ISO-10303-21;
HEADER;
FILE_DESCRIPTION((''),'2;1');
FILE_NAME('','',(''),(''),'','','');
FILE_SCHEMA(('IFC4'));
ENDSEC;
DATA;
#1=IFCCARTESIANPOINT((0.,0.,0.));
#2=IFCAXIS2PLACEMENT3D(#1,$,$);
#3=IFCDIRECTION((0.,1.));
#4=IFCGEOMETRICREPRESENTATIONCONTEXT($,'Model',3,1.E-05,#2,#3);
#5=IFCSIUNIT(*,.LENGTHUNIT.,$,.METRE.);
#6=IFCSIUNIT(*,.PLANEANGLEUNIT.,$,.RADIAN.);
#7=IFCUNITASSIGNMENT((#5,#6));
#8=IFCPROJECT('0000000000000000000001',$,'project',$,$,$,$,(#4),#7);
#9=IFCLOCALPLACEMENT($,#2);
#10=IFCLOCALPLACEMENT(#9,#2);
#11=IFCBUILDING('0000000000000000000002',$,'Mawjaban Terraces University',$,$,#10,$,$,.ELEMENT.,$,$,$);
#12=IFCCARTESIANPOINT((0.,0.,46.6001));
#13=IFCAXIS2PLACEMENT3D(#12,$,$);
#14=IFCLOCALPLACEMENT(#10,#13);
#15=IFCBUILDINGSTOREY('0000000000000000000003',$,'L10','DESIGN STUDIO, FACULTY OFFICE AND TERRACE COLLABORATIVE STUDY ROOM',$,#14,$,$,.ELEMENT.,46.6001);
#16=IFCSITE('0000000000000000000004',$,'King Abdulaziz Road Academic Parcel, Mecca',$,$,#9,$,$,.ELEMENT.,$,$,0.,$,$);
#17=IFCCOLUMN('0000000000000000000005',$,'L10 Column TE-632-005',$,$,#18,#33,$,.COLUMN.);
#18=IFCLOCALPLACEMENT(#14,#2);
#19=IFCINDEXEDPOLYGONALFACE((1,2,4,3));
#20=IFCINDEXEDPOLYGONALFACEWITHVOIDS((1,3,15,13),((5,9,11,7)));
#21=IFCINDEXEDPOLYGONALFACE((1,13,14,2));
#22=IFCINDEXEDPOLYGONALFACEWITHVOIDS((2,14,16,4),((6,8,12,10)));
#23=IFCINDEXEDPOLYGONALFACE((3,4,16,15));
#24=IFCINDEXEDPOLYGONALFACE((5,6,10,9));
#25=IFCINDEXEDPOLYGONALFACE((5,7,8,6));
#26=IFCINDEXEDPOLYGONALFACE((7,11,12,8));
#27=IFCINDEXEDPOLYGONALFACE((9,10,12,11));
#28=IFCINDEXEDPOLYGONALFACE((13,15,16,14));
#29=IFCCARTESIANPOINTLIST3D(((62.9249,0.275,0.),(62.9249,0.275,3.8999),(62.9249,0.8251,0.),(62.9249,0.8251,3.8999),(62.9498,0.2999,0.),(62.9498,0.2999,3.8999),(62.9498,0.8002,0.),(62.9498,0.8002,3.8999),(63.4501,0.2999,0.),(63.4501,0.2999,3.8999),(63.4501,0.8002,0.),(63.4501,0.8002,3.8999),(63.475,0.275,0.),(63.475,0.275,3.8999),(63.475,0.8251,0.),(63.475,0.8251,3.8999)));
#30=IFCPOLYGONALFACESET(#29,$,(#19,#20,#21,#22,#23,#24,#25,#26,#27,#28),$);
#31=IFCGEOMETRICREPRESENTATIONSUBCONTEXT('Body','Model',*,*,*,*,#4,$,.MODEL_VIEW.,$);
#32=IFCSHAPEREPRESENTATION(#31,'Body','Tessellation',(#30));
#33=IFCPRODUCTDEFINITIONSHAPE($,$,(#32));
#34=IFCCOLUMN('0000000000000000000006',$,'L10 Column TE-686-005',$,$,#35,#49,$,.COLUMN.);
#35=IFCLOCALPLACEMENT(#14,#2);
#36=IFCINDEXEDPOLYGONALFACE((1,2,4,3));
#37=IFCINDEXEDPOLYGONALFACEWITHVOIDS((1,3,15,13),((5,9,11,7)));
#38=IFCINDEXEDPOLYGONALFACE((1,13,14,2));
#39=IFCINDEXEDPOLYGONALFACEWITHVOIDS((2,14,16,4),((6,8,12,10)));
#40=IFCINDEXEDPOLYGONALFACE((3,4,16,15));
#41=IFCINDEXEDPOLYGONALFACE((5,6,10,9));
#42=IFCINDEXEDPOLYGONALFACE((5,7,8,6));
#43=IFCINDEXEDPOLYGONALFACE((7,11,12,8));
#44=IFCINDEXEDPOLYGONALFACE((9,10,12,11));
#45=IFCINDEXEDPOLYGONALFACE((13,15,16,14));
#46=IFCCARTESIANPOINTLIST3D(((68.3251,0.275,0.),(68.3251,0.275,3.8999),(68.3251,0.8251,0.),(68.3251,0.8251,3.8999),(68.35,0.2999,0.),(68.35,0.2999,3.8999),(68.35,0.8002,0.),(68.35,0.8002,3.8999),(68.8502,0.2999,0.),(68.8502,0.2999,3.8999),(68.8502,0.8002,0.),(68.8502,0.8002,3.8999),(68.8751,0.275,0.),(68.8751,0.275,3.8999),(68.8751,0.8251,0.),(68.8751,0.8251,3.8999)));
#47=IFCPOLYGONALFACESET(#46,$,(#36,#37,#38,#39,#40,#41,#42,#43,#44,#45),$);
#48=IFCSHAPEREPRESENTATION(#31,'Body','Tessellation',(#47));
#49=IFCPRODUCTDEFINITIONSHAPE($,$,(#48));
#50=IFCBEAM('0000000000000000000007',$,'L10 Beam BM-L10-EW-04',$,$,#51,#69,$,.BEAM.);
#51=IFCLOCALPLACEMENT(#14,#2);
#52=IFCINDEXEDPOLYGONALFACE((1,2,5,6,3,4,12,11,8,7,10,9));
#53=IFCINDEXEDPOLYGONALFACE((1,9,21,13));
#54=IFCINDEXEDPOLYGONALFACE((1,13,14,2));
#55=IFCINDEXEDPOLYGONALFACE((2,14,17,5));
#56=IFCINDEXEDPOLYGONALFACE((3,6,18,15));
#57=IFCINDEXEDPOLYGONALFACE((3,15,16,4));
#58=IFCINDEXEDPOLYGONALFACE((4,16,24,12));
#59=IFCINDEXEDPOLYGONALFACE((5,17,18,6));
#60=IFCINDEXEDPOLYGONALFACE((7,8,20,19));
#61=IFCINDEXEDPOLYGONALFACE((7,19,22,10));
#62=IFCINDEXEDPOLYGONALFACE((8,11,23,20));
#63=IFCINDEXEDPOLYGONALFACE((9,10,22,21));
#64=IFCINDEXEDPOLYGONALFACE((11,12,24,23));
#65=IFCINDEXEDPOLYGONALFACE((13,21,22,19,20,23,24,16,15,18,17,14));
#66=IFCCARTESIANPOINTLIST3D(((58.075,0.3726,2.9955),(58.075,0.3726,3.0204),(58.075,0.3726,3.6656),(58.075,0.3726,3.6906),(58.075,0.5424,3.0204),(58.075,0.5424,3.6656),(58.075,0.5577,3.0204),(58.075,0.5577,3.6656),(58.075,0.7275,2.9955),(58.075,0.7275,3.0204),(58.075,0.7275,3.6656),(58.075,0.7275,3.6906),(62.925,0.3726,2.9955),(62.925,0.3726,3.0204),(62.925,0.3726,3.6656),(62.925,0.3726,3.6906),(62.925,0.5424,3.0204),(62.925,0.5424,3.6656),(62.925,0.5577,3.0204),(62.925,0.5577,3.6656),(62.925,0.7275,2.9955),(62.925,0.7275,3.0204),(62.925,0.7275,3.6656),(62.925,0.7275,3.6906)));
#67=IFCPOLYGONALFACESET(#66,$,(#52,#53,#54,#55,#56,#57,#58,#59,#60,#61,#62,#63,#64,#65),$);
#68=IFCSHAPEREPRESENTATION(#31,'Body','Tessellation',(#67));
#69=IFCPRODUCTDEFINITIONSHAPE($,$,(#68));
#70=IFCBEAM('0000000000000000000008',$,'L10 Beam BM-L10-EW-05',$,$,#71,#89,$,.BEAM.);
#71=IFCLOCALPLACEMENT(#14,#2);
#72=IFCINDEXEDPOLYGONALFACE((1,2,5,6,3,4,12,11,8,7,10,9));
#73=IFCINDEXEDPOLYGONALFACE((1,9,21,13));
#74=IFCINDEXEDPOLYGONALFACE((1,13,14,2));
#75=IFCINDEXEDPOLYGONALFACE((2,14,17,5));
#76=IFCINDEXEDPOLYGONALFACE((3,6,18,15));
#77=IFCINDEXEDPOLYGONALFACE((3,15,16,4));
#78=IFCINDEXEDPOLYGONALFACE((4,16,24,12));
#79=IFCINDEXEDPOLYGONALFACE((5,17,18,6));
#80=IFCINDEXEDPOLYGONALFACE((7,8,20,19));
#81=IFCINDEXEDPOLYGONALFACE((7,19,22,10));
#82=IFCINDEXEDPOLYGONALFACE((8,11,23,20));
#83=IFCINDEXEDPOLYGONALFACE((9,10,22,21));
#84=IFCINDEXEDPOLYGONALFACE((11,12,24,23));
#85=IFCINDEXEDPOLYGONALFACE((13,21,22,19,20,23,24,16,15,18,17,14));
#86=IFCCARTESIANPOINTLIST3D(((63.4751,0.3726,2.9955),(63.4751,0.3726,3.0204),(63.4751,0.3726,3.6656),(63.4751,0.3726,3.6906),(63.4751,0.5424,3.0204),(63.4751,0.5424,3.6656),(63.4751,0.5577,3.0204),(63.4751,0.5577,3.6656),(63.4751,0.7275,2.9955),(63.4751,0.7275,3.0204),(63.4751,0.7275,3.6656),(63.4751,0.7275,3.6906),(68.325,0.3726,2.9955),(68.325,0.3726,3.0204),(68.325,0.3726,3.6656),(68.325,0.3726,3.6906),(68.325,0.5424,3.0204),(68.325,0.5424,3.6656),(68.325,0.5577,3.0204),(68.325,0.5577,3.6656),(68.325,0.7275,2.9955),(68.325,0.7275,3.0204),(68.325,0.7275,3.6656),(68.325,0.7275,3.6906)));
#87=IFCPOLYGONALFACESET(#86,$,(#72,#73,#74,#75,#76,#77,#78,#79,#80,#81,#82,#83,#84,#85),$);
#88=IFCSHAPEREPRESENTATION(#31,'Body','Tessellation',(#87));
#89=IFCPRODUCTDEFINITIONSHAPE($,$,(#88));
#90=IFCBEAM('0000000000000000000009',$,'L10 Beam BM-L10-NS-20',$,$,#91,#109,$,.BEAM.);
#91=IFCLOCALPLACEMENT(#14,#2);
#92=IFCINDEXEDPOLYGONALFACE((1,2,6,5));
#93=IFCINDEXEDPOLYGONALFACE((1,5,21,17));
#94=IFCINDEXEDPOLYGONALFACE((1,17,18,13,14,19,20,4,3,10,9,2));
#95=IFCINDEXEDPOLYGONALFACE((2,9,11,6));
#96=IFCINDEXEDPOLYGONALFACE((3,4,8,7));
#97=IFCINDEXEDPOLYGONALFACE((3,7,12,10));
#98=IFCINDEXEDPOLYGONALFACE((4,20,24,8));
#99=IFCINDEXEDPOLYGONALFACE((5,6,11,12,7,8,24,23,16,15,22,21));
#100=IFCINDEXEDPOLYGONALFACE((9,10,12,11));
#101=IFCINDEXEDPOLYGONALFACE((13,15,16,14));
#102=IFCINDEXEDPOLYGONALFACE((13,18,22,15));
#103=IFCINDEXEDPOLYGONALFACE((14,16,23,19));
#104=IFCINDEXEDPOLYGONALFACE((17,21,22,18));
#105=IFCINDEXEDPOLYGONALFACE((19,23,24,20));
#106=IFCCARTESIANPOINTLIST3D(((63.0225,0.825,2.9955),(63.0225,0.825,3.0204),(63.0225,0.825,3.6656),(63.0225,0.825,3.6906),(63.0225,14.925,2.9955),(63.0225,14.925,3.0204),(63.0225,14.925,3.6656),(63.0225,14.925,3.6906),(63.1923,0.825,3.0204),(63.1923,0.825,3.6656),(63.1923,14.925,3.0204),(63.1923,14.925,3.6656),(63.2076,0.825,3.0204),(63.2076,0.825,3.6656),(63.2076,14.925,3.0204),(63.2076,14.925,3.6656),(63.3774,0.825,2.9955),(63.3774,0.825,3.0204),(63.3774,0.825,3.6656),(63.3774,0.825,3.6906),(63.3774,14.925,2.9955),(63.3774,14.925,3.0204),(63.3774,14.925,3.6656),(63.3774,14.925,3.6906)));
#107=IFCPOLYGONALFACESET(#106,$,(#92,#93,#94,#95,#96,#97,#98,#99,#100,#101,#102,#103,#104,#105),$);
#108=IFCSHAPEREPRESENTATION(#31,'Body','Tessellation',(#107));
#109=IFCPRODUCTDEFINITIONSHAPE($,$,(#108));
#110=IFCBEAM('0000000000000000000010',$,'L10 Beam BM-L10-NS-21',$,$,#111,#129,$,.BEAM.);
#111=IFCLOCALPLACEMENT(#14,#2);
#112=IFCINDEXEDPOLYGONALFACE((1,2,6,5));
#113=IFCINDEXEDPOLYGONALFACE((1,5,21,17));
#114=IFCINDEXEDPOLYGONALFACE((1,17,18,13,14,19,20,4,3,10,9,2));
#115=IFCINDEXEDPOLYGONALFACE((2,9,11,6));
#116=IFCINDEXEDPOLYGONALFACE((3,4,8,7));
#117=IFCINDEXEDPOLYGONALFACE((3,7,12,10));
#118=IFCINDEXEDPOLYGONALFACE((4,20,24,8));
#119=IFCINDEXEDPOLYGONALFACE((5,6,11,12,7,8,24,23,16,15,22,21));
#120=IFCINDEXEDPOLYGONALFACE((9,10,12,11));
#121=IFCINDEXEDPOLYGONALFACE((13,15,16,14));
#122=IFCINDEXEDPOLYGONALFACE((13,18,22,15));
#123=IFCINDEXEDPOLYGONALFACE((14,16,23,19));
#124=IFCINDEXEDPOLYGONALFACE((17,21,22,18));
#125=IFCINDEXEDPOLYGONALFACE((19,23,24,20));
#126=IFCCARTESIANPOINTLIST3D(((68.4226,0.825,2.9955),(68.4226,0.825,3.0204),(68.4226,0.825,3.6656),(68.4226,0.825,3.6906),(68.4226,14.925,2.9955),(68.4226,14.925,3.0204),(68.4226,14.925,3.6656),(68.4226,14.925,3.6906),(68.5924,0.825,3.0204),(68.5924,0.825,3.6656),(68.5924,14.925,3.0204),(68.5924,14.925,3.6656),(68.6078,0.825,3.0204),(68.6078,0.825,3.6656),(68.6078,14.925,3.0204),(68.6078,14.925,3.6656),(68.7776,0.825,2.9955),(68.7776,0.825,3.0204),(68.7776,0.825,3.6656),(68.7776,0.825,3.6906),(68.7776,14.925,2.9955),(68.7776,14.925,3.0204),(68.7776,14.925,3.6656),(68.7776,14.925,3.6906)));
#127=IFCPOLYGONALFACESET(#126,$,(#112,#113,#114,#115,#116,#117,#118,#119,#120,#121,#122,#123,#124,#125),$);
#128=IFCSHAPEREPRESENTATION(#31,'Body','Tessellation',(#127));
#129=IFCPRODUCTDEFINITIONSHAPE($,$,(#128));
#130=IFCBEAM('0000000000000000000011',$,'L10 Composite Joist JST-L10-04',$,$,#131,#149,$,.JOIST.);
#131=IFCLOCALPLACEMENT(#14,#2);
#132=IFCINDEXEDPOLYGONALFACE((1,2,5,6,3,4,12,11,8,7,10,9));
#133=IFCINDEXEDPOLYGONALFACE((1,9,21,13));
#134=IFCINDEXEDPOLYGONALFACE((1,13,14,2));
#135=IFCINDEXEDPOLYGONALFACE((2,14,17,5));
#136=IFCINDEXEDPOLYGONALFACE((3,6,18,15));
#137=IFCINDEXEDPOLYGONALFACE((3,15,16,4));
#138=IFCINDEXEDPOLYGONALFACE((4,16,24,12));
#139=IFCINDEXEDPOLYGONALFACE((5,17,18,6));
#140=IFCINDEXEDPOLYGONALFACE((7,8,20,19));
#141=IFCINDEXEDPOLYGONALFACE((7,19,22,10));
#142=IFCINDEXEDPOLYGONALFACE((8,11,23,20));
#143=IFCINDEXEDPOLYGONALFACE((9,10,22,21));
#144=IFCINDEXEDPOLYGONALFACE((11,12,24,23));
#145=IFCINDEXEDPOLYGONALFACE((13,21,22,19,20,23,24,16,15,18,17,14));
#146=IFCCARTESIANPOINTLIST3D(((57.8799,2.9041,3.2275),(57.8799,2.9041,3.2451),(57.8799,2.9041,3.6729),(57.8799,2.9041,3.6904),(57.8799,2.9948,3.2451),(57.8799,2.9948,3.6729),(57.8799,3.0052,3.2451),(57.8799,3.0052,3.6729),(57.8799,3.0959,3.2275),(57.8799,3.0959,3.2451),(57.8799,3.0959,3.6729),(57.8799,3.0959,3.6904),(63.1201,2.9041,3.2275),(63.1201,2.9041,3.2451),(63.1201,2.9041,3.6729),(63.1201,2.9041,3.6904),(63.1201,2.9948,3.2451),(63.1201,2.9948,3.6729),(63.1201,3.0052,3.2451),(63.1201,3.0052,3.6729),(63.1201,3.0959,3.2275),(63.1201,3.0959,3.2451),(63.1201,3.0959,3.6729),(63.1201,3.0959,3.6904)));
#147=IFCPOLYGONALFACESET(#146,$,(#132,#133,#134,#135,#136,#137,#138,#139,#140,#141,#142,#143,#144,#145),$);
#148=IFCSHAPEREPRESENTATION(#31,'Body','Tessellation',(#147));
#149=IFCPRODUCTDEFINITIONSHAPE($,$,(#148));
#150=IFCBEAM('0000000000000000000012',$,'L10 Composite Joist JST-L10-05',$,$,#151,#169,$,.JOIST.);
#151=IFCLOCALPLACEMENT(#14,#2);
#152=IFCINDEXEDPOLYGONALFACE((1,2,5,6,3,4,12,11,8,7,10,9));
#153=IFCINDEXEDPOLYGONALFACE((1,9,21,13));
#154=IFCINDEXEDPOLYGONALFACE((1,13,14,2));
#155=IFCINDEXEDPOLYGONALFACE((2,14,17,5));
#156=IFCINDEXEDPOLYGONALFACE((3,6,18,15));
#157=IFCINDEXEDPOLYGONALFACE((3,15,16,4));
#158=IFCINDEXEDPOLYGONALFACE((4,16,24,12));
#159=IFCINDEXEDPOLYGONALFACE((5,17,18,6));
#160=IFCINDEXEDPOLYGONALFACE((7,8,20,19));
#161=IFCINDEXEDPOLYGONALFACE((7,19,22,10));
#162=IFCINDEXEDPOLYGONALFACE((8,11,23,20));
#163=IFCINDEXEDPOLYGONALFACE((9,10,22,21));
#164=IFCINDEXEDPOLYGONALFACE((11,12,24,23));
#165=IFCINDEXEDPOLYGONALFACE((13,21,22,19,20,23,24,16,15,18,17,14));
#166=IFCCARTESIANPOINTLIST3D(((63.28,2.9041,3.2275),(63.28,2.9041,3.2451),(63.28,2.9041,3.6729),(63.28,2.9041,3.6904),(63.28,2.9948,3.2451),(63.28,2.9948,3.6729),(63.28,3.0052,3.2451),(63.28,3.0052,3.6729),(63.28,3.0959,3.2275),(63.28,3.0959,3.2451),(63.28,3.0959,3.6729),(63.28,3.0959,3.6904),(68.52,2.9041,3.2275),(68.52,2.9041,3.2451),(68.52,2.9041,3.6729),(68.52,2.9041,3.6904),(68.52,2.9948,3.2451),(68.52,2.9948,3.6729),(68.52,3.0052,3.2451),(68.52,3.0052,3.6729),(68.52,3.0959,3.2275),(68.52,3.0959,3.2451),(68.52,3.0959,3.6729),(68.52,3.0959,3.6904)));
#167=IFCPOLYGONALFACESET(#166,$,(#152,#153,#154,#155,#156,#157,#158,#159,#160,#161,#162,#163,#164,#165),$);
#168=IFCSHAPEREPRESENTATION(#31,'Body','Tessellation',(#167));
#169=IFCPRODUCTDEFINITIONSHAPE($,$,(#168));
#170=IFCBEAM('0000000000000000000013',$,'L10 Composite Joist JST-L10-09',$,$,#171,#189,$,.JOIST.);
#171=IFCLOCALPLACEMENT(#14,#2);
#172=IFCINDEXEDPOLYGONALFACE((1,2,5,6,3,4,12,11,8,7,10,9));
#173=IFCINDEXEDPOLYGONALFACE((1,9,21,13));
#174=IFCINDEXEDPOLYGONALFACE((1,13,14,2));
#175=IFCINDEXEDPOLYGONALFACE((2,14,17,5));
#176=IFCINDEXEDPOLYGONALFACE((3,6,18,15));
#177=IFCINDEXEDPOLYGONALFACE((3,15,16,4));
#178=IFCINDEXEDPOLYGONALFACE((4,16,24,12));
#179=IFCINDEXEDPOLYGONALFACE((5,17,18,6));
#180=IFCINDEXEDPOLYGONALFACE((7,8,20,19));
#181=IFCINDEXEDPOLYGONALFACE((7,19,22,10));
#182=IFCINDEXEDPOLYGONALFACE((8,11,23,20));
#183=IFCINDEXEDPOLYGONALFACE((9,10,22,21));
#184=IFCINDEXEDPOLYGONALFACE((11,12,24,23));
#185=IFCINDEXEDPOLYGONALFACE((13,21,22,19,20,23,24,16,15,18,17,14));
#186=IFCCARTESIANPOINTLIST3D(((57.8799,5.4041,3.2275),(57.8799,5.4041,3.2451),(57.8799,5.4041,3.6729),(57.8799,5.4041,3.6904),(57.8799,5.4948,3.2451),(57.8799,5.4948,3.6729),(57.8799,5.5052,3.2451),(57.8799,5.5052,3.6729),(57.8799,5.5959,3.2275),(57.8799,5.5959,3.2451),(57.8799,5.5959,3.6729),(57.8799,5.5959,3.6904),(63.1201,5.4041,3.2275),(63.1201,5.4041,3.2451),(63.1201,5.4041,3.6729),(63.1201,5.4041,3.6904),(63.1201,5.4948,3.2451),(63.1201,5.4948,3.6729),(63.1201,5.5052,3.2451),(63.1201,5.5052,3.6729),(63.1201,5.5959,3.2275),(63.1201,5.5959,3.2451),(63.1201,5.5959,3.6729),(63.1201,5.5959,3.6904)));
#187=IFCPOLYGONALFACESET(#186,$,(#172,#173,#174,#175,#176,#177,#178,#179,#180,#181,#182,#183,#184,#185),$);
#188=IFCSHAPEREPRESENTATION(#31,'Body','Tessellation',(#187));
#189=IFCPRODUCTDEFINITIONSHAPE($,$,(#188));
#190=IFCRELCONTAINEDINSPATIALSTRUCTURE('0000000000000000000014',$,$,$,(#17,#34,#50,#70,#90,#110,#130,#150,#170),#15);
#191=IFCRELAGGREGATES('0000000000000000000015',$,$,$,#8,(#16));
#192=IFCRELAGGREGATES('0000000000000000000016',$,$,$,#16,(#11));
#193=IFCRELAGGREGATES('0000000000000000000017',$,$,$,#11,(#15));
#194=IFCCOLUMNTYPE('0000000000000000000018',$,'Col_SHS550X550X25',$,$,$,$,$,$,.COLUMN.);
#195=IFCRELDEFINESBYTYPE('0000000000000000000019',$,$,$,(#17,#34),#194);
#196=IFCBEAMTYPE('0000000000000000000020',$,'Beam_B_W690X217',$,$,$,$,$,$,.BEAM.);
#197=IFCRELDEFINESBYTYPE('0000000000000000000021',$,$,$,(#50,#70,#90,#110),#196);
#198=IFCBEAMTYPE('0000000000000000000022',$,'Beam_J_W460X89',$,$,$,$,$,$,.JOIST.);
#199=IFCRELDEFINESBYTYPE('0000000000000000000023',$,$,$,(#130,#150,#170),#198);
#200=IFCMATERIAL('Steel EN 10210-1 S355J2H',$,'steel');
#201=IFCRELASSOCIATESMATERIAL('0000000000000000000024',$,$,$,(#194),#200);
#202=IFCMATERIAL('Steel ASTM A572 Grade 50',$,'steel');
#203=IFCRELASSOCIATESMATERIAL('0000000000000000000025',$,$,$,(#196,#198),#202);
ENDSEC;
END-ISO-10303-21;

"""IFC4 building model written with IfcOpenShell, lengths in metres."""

from ifc_helpers import new_model, si_unit, direction, frame, origin, origin_2d, place, context, subcontext, project, spatial, hollow_rectangle, i_section, extrude, material, material_profile, profile_set, type_object, element, save


model = new_model("IFC4")

# Units and contexts
model_context = context("Model", 3, precision=1e-05, world=origin(), true_north=direction((0.0, 1.0)))
body_context = subcontext(model_context, "Body", "Model", "MODEL_VIEW")
ifc_project = project(units=[si_unit("LENGTHUNIT", "METRE"), si_unit("PLANEANGLEUNIT", "RADIAN")], contexts=[model_context])

# Site, building, storey
site_placement = place(None, origin())
site = spatial("IfcSite", under=ifc_project, at=site_placement, Name="King Abdulaziz Road Academic Parcel, Mecca", CompositionType="ELEMENT", RefElevation=0.0)
building_placement = place(site_placement, origin())
building = spatial("IfcBuilding", under=site, at=building_placement, Name="Mawjaban Terraces University", CompositionType="ELEMENT")
storey_placement = place(building_placement, frame((0.0, 0.0, 46.6001)))
storey = spatial("IfcBuildingStorey", under=building, at=storey_placement, Name="L10", Description="DESIGN STUDIO, FACULTY OFFICE AND TERRACE COLLABORATIVE STUDY ROOM", CompositionType="ELEMENT", Elevation=46.6001)

# Columns
ifc_material_1 = material(Name="Steel EN 10210-1 S355J2H", Category="steel")
ifc_material_profile_1 = material_profile(ifc_material_1, hollow_rectangle(XDim=0.55, YDim=0.55, WallThickness=0.0249, at=origin_2d()), Name="SHS550X550X25")
ifc_profile_set_1 = profile_set([ifc_material_profile_1], Name="Steel EN 10210-1 S355J2H")
column_type = type_object("IfcColumnType", Name="Col_SHS550X550X25", PredefinedType="COLUMN", material=ifc_profile_set_1)
for number, where, z_axis, x_axis, name in (
    (1, (63.2, 0.55, 0.0), (0.0, 0.0, 1.0), (1.0, 0.0, 0.0), "L10 Column TE-632-005"),
    (2, (68.6001, 0.55, 0.0), (0.0, 0.0, 1.0), (1.0, 0.0, 0.0), "L10 Column TE-686-005"),
):
    element("IfcColumn", number, at=place(storey_placement, frame(where, z_axis=z_axis, x_axis=x_axis)), inside=storey, type_object=column_type, Name=name, PredefinedType="COLUMN", context=body_context, shape_type="SweptSolid", body=[
        extrude(hollow_rectangle(XDim=0.55, YDim=0.55, WallThickness=0.0249, at=origin_2d()), origin(), (0.0, 0.0, 1.0), 3.8999),
    ])

# Beams
ifc_material_2 = material(Name="Steel ASTM A572 Grade 50", Category="steel")
ifc_material_profile_2 = material_profile(ifc_material_2, i_section(OverallWidth=0.355, OverallDepth=0.6951, WebThickness=0.0154, FlangeThickness=0.0249, at=origin_2d()), Name="W690X217")
ifc_profile_set_2 = profile_set([ifc_material_profile_2], Name="Steel ASTM A572 Grade 50")
beam_type_1 = type_object("IfcBeamType", Name="Beam_B_W690X217", PredefinedType="BEAM", material=ifc_profile_set_2)
beam_1_placement = place(storey_placement, frame((58.075, 0.55, 3.343), z_axis=(1.0, 0.0, 0.0), x_axis=(0.0, 1.0, 0.0)))
element("IfcBeam", 3, at=beam_1_placement, inside=storey, type_object=beam_type_1, Name="L10 Beam BM-L10-EW-04", PredefinedType="BEAM", context=body_context, shape_type="SweptSolid", body=[
    extrude(i_section(OverallWidth=0.355, OverallDepth=0.6951, WebThickness=0.0154, FlangeThickness=0.0249, at=origin_2d()), origin(), (0.0, 0.0, 1.0), 4.8501),
])
beam_2_placement = place(storey_placement, frame((63.4751, 0.55, 3.343), z_axis=(1.0, 0.0, 0.0), x_axis=(0.0, 1.0, 0.0)))
element("IfcBeam", 4, at=beam_2_placement, inside=storey, type_object=beam_type_1, Name="L10 Beam BM-L10-EW-05", PredefinedType="BEAM", context=body_context, shape_type="SweptSolid", body=[
    extrude(i_section(OverallWidth=0.355, OverallDepth=0.6951, WebThickness=0.0154, FlangeThickness=0.0249, at=origin_2d()), origin(), (0.0, 0.0, 1.0), 4.8499),
])
for number, where, z_axis, x_axis, name in (
    (5, (63.2, 0.825, 3.343), (0.0, 1.0, 0.0), (-1.0, 0.0, 0.0), "L10 Beam BM-L10-NS-20"),
    (6, (68.6001, 0.825, 3.343), (0.0, 1.0, 0.0), (-1.0, 0.0, 0.0), "L10 Beam BM-L10-NS-21"),
):
    element("IfcBeam", number, at=place(storey_placement, frame(where, z_axis=z_axis, x_axis=x_axis)), inside=storey, type_object=beam_type_1, Name=name, PredefinedType="BEAM", context=body_context, shape_type="SweptSolid", body=[
        extrude(i_section(OverallWidth=0.355, OverallDepth=0.6951, WebThickness=0.0154, FlangeThickness=0.0249, at=origin_2d()), origin(), (0.0, 0.0, 1.0), 14.1001),
    ])
ifc_material_profile_3 = material_profile(ifc_material_2, i_section(OverallWidth=0.1919, OverallDepth=0.4629, WebThickness=0.0105, FlangeThickness=0.0176, at=origin_2d()), Name="W460X89")
ifc_profile_set_3 = profile_set([ifc_material_profile_3], Name="Steel ASTM A572 Grade 50")
beam_type_2 = type_object("IfcBeamType", Name="Beam_J_W460X89", PredefinedType="JOIST", material=ifc_profile_set_3)
beam_3_placement = place(storey_placement, frame((57.8799, 3.0, 3.459), z_axis=(1.0, 0.0, 0.0), x_axis=(0.0, 1.0, 0.0)))
element("IfcBeam", 7, at=beam_3_placement, inside=storey, type_object=beam_type_2, Name="L10 Composite Joist JST-L10-04", PredefinedType="JOIST", context=body_context, shape_type="SweptSolid", body=[
    extrude(i_section(OverallWidth=0.1919, OverallDepth=0.4629, WebThickness=0.0105, FlangeThickness=0.0176, at=origin_2d()), origin(), (0.0, 0.0, 1.0), 5.2402),
])
beam_4_placement = place(storey_placement, frame((63.28, 3.0, 3.459), z_axis=(1.0, 0.0, 0.0), x_axis=(0.0, 1.0, 0.0)))
element("IfcBeam", 8, at=beam_4_placement, inside=storey, type_object=beam_type_2, Name="L10 Composite Joist JST-L10-05", PredefinedType="JOIST", context=body_context, shape_type="SweptSolid", body=[
    extrude(i_section(OverallWidth=0.1919, OverallDepth=0.4629, WebThickness=0.0105, FlangeThickness=0.0176, at=origin_2d()), origin(), (0.0, 0.0, 1.0), 5.24),
])
beam_5_placement = place(storey_placement, frame((57.8799, 5.5, 3.459), z_axis=(1.0, 0.0, 0.0), x_axis=(0.0, 1.0, 0.0)))
element("IfcBeam", 9, at=beam_5_placement, inside=storey, type_object=beam_type_2, Name="L10 Composite Joist JST-L10-09", PredefinedType="JOIST", context=body_context, shape_type="SweptSolid", body=[
    extrude(i_section(OverallWidth=0.1919, OverallDepth=0.4629, WebThickness=0.0105, FlangeThickness=0.0176, at=origin_2d()), origin(), (0.0, 0.0, 1.0), 5.2402),
])

save(model, "model.ifc")
